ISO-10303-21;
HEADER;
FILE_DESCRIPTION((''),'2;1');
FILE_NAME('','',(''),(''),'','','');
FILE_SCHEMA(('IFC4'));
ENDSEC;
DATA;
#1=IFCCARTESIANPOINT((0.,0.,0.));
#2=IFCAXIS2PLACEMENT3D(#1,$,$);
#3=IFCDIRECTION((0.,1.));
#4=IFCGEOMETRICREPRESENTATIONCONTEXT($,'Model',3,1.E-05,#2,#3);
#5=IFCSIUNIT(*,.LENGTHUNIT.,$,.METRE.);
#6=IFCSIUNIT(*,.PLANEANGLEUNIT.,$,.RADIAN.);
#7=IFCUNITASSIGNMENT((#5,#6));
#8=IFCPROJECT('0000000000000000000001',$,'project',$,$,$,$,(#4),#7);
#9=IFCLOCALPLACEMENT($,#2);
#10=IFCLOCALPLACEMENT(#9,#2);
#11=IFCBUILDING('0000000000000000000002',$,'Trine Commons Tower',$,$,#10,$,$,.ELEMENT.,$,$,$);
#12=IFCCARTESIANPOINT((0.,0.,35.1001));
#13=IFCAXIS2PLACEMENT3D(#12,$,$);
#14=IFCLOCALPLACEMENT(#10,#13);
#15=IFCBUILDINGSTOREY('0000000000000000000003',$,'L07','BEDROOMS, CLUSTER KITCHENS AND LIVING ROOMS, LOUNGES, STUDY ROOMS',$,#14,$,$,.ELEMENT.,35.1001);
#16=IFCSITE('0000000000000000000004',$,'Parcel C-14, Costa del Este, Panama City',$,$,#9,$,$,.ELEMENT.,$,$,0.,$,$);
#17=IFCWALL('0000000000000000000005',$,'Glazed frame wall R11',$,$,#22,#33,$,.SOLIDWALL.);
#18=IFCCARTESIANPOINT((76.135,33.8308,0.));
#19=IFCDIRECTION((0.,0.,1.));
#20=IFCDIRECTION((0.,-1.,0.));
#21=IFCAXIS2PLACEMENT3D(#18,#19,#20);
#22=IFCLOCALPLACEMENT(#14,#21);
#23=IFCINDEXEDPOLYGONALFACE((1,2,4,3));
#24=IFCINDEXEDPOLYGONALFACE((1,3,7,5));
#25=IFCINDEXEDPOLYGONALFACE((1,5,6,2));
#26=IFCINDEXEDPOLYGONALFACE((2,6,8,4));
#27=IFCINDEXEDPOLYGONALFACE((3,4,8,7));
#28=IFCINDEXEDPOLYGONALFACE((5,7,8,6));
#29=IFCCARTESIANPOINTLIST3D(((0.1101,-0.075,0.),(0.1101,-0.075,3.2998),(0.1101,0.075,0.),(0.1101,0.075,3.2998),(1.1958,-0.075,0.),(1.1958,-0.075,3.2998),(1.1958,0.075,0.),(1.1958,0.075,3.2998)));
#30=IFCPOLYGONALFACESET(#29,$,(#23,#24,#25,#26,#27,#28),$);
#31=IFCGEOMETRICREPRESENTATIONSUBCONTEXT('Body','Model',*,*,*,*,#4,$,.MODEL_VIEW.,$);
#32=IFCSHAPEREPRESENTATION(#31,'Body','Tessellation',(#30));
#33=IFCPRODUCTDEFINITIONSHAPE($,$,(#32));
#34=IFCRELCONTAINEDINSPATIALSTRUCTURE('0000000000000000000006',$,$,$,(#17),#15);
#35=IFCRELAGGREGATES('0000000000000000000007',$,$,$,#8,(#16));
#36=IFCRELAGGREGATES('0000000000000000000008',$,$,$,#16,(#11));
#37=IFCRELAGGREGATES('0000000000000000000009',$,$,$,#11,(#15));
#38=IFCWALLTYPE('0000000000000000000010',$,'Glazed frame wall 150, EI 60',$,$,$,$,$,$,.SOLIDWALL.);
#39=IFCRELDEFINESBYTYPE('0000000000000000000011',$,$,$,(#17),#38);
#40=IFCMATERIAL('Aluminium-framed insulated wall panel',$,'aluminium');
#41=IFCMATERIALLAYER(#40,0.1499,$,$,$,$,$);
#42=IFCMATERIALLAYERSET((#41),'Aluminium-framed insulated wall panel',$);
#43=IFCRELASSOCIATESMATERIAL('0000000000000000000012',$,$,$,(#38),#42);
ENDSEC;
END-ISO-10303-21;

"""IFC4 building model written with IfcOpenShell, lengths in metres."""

from ifc_helpers import new_model, si_unit, direction, frame, origin, place, context, subcontext, project, spatial, polyline, outline, extrude, material, layer, layer_set, type_object, element, save


model = new_model("IFC4")

# Units and contexts
model_context = context("Model", 3, precision=1e-05, world=origin(), true_north=direction((0.0, 1.0)))
body_context = subcontext(model_context, "Body", "Model", "MODEL_VIEW")
ifc_project = project(units=[si_unit("LENGTHUNIT", "METRE"), si_unit("PLANEANGLEUNIT", "RADIAN")], contexts=[model_context])

# Site, building, storey
site_placement = place(None, origin())
site = spatial("IfcSite", under=ifc_project, at=site_placement, Name="Parcel C-14, Costa del Este, Panama City", CompositionType="ELEMENT", RefElevation=0.0)
building_placement = place(site_placement, origin())
building = spatial("IfcBuilding", under=site, at=building_placement, Name="Trine Commons Tower", CompositionType="ELEMENT")
storey_placement = place(building_placement, frame((0.0, 0.0, 35.1001)))
storey = spatial("IfcBuildingStorey", under=building, at=storey_placement, Name="L07", Description="BEDROOMS, CLUSTER KITCHENS AND LIVING ROOMS, LOUNGES, STUDY ROOMS", CompositionType="ELEMENT", Elevation=35.1001)

# Wall
ifc_material_1 = material(Name="Aluminium-framed insulated wall panel", Category="aluminium")
ifc_layer_1 = layer(ifc_material_1, 0.1499)
ifc_layer_set_1 = layer_set([ifc_layer_1], Name="Aluminium-framed insulated wall panel")
wall_type_1 = type_object("IfcWallType", Name="Glazed frame wall 150, EI 60", PredefinedType="SOLIDWALL", material=ifc_layer_set_1)
wall_1_placement = place(storey_placement, frame((76.135, 33.8308, 0.0), z_axis=(0.0, 0.0, 1.0), x_axis=(0.0, -1.0, 0.0)))
element("IfcWall", 1, at=wall_1_placement, inside=storey, type_object=wall_type_1, Name="Glazed frame wall R11", PredefinedType="SOLIDWALL", context=body_context, shape_type="SweptSolid", body=[
    extrude(outline(polyline([(0.1101, 0.075), (0.1101, -0.075), (1.1958, -0.075), (1.1958, 0.075), (0.1101, 0.075)])), origin(), (0.0, 0.0, 1.0), 3.2998),
])

save(model, "model.ifc")
